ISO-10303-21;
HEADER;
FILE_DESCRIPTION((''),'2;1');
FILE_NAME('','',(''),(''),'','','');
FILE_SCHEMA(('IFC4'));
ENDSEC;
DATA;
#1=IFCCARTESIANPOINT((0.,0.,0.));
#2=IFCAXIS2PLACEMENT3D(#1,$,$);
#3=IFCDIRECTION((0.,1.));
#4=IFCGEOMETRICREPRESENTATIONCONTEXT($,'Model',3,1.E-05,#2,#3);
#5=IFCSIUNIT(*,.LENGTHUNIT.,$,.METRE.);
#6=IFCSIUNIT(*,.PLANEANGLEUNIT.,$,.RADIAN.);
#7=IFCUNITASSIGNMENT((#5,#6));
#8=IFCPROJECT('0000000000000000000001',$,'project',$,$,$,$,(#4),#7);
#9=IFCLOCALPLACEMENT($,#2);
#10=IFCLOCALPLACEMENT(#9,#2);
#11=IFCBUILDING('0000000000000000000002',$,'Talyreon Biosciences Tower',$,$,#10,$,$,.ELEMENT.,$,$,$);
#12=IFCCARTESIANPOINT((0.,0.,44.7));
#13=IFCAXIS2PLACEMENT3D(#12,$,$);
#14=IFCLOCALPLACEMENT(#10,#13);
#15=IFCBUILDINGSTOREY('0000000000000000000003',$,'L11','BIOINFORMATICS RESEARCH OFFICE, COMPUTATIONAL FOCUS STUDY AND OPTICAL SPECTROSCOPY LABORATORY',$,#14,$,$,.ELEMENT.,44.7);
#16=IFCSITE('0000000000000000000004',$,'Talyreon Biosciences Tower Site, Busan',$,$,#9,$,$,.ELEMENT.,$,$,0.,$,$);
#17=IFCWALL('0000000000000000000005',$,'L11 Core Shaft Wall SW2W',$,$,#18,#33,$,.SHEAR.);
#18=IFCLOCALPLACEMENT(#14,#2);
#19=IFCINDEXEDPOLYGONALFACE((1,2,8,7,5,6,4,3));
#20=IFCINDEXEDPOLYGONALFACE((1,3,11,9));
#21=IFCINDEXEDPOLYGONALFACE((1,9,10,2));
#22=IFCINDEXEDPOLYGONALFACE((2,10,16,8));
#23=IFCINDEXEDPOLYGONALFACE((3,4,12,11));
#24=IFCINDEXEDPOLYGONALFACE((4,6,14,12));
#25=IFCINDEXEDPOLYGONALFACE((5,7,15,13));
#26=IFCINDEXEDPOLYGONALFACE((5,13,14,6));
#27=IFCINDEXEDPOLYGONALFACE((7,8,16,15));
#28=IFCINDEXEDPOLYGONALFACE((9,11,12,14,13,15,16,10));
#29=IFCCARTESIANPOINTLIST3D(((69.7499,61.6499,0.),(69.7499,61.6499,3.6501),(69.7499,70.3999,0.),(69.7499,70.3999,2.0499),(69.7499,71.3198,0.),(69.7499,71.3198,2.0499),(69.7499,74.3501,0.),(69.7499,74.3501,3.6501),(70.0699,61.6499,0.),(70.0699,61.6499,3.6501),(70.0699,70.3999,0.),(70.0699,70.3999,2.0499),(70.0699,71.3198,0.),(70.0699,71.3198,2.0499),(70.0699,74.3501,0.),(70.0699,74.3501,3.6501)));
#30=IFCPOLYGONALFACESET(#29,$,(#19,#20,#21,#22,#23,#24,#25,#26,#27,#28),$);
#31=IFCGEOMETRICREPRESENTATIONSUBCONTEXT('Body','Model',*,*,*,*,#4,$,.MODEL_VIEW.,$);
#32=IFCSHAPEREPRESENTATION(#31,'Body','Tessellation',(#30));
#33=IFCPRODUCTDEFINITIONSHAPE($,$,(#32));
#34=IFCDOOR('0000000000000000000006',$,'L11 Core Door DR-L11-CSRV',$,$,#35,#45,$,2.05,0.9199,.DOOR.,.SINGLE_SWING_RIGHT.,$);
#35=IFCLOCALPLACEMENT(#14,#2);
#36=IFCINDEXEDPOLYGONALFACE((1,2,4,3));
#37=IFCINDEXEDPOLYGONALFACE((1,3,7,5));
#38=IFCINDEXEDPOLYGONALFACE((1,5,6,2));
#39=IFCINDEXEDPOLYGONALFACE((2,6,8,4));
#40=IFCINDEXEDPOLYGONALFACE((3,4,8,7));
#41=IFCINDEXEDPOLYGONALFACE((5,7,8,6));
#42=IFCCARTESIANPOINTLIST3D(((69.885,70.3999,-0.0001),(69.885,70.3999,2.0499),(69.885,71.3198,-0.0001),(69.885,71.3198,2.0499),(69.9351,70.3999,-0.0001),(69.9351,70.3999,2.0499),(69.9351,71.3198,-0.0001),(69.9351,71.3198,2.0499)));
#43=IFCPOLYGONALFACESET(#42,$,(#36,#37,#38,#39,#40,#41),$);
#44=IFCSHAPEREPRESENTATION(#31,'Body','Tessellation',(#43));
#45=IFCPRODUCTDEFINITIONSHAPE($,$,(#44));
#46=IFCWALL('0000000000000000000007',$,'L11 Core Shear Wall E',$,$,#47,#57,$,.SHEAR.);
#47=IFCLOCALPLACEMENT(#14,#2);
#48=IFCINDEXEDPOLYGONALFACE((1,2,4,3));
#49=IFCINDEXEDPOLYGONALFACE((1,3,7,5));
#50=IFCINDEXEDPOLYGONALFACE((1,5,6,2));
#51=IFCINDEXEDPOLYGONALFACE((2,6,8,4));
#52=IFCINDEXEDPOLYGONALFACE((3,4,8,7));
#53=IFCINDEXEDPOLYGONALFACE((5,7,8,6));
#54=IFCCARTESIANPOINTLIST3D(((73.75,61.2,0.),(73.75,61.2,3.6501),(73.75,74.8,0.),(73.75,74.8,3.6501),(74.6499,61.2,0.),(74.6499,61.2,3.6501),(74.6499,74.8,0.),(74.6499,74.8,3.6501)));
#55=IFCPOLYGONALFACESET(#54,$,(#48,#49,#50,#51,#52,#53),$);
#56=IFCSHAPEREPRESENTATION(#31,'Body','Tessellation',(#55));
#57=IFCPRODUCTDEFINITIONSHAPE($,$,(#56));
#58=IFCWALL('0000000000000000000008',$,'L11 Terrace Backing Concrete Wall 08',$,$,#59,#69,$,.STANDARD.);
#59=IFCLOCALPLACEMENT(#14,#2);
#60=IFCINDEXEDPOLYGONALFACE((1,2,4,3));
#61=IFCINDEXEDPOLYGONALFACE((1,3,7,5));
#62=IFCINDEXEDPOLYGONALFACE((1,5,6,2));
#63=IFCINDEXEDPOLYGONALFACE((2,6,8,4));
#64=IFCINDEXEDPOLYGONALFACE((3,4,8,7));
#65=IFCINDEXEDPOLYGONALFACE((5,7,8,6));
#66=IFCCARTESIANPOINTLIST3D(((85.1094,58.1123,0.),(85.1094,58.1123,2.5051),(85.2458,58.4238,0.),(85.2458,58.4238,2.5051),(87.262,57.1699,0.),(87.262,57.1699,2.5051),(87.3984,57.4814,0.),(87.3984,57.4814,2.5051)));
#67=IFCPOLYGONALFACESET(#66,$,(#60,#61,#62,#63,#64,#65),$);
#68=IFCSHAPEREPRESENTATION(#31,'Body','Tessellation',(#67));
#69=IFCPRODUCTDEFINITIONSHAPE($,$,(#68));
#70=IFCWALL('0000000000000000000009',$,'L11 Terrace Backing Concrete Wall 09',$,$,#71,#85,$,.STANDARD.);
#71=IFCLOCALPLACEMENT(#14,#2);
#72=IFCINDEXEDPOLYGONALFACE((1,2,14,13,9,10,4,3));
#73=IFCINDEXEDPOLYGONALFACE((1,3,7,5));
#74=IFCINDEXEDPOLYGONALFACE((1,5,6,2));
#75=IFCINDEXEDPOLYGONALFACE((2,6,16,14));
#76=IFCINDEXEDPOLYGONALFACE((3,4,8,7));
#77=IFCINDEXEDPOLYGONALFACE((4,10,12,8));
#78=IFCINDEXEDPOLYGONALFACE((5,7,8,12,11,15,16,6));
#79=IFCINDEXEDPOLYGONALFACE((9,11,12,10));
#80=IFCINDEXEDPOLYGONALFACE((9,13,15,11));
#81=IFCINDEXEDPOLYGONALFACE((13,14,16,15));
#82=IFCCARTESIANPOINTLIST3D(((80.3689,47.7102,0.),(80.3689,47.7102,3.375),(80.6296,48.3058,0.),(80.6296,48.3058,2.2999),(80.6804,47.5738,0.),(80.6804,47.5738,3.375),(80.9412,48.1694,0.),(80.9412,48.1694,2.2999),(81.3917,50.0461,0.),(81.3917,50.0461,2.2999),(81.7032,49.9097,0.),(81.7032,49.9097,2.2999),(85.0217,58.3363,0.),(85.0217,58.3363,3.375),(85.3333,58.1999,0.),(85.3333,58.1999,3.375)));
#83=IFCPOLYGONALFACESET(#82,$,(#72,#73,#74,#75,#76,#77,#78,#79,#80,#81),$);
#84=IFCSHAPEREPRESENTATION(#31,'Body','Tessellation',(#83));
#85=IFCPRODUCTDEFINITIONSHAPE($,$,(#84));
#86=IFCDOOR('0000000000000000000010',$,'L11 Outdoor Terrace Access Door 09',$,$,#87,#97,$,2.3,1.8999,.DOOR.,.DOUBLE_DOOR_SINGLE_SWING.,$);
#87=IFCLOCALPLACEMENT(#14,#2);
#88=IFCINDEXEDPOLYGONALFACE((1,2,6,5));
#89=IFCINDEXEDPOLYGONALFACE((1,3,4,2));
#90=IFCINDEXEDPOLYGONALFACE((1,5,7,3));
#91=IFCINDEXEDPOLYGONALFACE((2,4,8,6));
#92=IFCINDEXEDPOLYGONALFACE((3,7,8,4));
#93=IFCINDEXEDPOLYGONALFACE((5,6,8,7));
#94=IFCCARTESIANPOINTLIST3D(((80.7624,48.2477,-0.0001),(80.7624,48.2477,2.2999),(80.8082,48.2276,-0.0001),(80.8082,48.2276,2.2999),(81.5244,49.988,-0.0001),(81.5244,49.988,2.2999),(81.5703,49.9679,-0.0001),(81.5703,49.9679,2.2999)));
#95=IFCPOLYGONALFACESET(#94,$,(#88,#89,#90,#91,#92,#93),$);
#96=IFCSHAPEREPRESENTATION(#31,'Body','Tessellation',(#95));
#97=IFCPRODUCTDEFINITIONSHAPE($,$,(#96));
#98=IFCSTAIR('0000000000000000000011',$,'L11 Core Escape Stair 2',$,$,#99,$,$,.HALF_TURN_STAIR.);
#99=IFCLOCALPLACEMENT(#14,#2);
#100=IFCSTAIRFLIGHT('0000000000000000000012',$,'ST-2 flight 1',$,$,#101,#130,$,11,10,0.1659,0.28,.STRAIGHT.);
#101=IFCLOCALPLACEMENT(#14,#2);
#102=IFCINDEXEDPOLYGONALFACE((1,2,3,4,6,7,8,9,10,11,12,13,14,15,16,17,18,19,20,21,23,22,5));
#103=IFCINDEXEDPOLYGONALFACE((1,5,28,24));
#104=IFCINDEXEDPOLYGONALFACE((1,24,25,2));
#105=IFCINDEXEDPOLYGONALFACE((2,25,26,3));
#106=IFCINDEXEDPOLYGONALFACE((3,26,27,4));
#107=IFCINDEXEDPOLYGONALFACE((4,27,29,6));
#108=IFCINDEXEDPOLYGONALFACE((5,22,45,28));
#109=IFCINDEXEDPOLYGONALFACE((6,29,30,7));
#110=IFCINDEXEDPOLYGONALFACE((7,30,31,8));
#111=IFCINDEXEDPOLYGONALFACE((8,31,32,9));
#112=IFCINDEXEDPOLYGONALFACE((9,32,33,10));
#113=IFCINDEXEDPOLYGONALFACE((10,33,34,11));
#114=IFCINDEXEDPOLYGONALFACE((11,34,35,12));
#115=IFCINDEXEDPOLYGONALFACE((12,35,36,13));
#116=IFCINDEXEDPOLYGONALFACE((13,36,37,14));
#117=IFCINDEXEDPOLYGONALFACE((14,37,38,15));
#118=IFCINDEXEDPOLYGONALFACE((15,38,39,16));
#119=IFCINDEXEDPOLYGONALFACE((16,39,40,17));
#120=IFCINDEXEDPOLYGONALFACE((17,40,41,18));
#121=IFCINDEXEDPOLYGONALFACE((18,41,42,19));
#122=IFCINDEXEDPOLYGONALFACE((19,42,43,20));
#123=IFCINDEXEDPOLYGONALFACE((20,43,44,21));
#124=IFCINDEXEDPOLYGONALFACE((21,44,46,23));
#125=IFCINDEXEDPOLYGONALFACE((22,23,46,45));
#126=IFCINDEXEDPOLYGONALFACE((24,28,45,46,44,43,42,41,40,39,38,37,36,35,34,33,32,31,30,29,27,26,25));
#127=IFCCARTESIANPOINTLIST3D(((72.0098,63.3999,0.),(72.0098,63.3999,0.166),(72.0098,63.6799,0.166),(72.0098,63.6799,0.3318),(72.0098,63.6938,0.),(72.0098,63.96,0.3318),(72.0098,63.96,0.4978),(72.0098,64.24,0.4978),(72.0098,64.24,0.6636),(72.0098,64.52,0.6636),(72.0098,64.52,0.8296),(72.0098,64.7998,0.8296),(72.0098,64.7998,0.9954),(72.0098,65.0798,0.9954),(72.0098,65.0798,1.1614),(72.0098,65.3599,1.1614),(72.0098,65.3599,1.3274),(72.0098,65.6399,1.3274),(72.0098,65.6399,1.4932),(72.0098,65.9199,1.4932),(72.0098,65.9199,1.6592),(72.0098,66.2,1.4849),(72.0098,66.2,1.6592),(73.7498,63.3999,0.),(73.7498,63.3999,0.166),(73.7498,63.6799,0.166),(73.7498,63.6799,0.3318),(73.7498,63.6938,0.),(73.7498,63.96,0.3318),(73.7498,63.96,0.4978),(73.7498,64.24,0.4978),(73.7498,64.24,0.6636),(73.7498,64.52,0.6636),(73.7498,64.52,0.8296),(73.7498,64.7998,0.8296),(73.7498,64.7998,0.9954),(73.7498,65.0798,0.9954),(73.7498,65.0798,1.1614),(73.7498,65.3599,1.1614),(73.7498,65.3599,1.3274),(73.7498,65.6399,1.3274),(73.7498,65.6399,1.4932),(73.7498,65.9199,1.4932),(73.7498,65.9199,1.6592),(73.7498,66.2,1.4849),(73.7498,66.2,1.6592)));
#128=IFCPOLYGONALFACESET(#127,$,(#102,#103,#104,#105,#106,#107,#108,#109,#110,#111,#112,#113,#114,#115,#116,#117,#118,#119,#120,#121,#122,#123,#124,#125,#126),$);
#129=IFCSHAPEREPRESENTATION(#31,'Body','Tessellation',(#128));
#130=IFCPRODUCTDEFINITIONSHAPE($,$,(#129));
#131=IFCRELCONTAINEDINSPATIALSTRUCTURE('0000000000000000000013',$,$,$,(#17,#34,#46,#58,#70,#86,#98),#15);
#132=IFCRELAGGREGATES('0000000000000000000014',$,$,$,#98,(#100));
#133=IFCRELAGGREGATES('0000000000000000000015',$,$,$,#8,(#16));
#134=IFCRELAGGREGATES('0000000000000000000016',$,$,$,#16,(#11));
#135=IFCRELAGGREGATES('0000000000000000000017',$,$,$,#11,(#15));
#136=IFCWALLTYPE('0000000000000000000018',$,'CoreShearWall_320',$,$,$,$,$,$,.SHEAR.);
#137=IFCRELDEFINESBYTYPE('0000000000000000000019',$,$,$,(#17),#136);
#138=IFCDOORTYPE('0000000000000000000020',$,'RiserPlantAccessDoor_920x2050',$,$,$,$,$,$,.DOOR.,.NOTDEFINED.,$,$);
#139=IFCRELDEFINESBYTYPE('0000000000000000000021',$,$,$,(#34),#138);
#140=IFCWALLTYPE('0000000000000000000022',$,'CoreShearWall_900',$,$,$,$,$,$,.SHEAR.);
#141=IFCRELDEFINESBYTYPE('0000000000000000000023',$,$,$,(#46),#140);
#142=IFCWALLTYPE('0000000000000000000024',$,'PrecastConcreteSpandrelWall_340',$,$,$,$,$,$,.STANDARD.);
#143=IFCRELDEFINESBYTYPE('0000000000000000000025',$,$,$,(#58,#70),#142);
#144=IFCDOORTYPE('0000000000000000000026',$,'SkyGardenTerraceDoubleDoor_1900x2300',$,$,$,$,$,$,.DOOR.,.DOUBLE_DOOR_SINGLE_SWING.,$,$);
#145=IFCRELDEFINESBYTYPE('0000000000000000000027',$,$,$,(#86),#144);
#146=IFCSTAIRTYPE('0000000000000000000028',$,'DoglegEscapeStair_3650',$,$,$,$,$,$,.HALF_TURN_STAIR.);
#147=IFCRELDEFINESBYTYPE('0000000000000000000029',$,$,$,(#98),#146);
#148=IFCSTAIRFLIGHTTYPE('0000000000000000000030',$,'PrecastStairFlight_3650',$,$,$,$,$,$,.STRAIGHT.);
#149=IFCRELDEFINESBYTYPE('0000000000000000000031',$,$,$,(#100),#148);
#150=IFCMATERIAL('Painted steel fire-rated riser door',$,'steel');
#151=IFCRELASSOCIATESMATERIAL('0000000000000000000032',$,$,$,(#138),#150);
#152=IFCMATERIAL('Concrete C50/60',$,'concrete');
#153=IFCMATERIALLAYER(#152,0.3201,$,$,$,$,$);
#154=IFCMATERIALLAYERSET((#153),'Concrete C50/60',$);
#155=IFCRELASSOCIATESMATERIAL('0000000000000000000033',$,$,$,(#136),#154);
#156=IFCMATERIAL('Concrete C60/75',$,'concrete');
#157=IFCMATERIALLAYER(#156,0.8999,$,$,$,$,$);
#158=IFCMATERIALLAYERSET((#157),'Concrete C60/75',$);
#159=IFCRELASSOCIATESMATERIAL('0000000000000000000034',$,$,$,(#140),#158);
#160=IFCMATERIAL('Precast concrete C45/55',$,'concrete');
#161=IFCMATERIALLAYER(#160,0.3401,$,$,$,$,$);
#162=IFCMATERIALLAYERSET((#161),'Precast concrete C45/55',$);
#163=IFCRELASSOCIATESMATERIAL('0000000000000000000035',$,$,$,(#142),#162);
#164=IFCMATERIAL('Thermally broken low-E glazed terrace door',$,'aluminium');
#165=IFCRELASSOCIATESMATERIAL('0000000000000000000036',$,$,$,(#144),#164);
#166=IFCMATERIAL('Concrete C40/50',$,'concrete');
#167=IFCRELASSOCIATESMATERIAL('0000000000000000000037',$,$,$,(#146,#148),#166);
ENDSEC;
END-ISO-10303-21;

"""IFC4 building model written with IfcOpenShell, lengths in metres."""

from ifc_helpers import new_model, si_unit, direction, frame, frame_2d, origin, place, context, subcontext, project, spatial, polyline, rectangle, outline, extrude, material, layer, layer_set, type_object, element, fill, aggregate, save


model = new_model("IFC4")

# Units and contexts
model_context = context("Model", 3, precision=1e-05, world=origin(), true_north=direction((0.0, 1.0)))
body_context = subcontext(model_context, "Body", "Model", "MODEL_VIEW")
ifc_project = project(units=[si_unit("LENGTHUNIT", "METRE"), si_unit("PLANEANGLEUNIT", "RADIAN")], contexts=[model_context])

# Site, building, storey
site_placement = place(None, origin())
site = spatial("IfcSite", under=ifc_project, at=site_placement, Name="Talyreon Biosciences Tower Site, Busan", CompositionType="ELEMENT", RefElevation=0.0)
building_placement = place(site_placement, origin())
building = spatial("IfcBuilding", under=site, at=building_placement, Name="Talyreon Biosciences Tower", CompositionType="ELEMENT")
storey_placement = place(building_placement, frame((0.0, 0.0, 44.7)))
storey = spatial("IfcBuildingStorey", under=building, at=storey_placement, Name="L11", Description="BIOINFORMATICS RESEARCH OFFICE, COMPUTATIONAL FOCUS STUDY AND OPTICAL SPECTROSCOPY LABORATORY", CompositionType="ELEMENT", Elevation=44.7)

# Shared definitions
ifc_material_1 = material(Name="Concrete C60/75", Category="concrete")

# Shared definitions
ifc_material_2 = material(Name="Concrete C50/60", Category="concrete")

# Wall, opening, door
ifc_material_3 = material(Name="Painted steel fire-rated riser door", Category="steel")
door_type_1 = type_object("IfcDoorType", Name="RiserPlantAccessDoor_920x2050", OperationType="NOTDEFINED", PredefinedType="DOOR", material=ifc_material_3)
ifc_layer_1 = layer(ifc_material_2, 0.3201)
ifc_layer_set_1 = layer_set([ifc_layer_1], Name="Concrete C50/60")
wall_type_1 = type_object("IfcWallType", Name="CoreShearWall_320", PredefinedType="SHEAR", material=ifc_layer_set_1)
wall_1_placement = place(storey_placement, frame((69.9099, 61.6499, 0.0), z_axis=(0.0, 0.0, 1.0), x_axis=(0.0, 1.0, 0.0)))
wall_1 = element("IfcWall", 1, at=wall_1_placement, inside=storey, type_object=wall_type_1, Name="L11 Core Shaft Wall SW2W", PredefinedType="SHEAR", context=body_context, shape_type="SweptSolid", body=[
    extrude(rectangle(XDim=12.7002, YDim=0.3201, at=frame_2d((6.3501, 0.0))), origin(), (0.0, 0.0, 1.0), 3.6501),
])
opening_1_placement = place(wall_1_placement, frame((8.75, 0.0, 0.0)))
opening_1 = element("IfcOpeningElement", 2, at=opening_1_placement, cuts=wall_1, PredefinedType="OPENING", context=body_context, shape_type="SweptSolid", body=[
    extrude(rectangle(XDim=0.9199, YDim=2.05, at=frame_2d((0.46, 1.0249))), frame((0.0, 0.1699, 0.0), z_axis=(0.0, -1.0, 0.0), x_axis=(1.0, 0.0, 0.0)), (0.0, 0.0, 1.0), 0.3401),
])
door_1_placement = place(opening_1_placement, origin())
door_1 = element("IfcDoor", 3, at=door_1_placement, inside=storey, type_object=door_type_1, Name="L11 Core Door DR-L11-CSRV", OperationType="SINGLE_SWING_RIGHT", OverallHeight=2.05, OverallWidth=0.9199, PredefinedType="DOOR", context=body_context, shape_type="SweptSolid", body=[
    extrude(rectangle(XDim=0.9199, YDim=2.05, at=frame_2d((0.46, 1.0249))), frame((0.0, 0.0249, 0.0), z_axis=(0.0, -1.0, 0.0), x_axis=(1.0, 0.0, 0.0)), (0.0, 0.0, 1.0), 0.05),
])
fill(opening_1, door_1)

# Walls
ifc_layer_2 = layer(ifc_material_1, 0.8999)
ifc_layer_set_2 = layer_set([ifc_layer_2], Name="Concrete C60/75")
wall_type_2 = type_object("IfcWallType", Name="CoreShearWall_900", PredefinedType="SHEAR", material=ifc_layer_set_2)
wall_2_placement = place(storey_placement, frame((74.2, 61.2, 0.0), z_axis=(0.0, 0.0, 1.0), x_axis=(0.0, 1.0, 0.0)))
element("IfcWall", 4, at=wall_2_placement, inside=storey, type_object=wall_type_2, Name="L11 Core Shear Wall E", PredefinedType="SHEAR", context=body_context, shape_type="SweptSolid", body=[
    extrude(rectangle(XDim=13.6001, YDim=0.8999, at=frame_2d((6.8, 0.0))), origin(), (0.0, 0.0, 1.0), 3.6501),
])
ifc_material_4 = material(Name="Precast concrete C45/55", Category="concrete")
ifc_layer_3 = layer(ifc_material_4, 0.3401)
ifc_layer_set_3 = layer_set([ifc_layer_3], Name="Precast concrete C45/55")
wall_type_3 = type_object("IfcWallType", Name="PrecastConcreteSpandrelWall_340", PredefinedType="STANDARD", material=ifc_layer_set_3)
wall_3_placement = place(storey_placement, frame((87.3301, 57.3257, 0.0), z_axis=(0.0, 0.0, 1.0), x_axis=(-0.91606, 0.401042, 0.0)))
element("IfcWall", 5, at=wall_3_placement, inside=storey, type_object=wall_type_3, Name="L11 Terrace Backing Concrete Wall 08", PredefinedType="STANDARD", context=body_context, shape_type="SweptSolid", body=[
    extrude(rectangle(XDim=2.3499, YDim=0.3401, at=frame_2d((1.1748, 0.0))), origin(), (0.0, 0.0, 1.0), 2.5051),
])

# Wall, opening, door
wall_4_placement = place(storey_placement, frame((85.1775, 58.2681, 0.0), z_axis=(0.0, 0.0, 1.0), x_axis=(-0.401106, -0.916032, 0.0)))
wall_4 = element("IfcWall", 6, at=wall_4_placement, inside=storey, type_object=wall_type_3, Name="L11 Terrace Backing Concrete Wall 09", PredefinedType="STANDARD", context=body_context, shape_type="SweptSolid", body=[
    extrude(rectangle(XDim=11.6001, YDim=0.3401, at=frame_2d((5.8, 0.0))), origin(), (0.0, 0.0, 1.0), 3.375),
])
opening_2_placement = place(wall_4_placement, frame((9.05, 0.0, 0.0)))
opening_2 = element("IfcOpeningElement", 7, at=opening_2_placement, cuts=wall_4, PredefinedType="OPENING", context=body_context, shape_type="SweptSolid", body=[
    extrude(rectangle(XDim=1.8999, YDim=2.3, at=frame_2d((0.95, 1.1499))), frame((0.0, 0.1799, 0.0), z_axis=(0.0, -1.0, 0.0), x_axis=(1.0, 0.0, 0.0)), (0.0, 0.0, 1.0), 0.3601),
])
ifc_material_5 = material(Name="Thermally broken low-E glazed terrace door", Category="aluminium")
door_type_2 = type_object("IfcDoorType", Name="SkyGardenTerraceDoubleDoor_1900x2300", OperationType="DOUBLE_DOOR_SINGLE_SWING", PredefinedType="DOOR", material=ifc_material_5)
door_2_placement = place(opening_2_placement, origin())
door_2 = element("IfcDoor", 8, at=door_2_placement, inside=storey, type_object=door_type_2, Name="L11 Outdoor Terrace Access Door 09", OperationType="DOUBLE_DOOR_SINGLE_SWING", OverallHeight=2.3, OverallWidth=1.8999, PredefinedType="DOOR", context=body_context, shape_type="SweptSolid", body=[
    extrude(rectangle(XDim=1.8999, YDim=2.3, at=frame_2d((0.95, 1.1499))), frame((0.0, 0.0249, 0.0), z_axis=(0.0, -1.0, 0.0), x_axis=(1.0, 0.0, 0.0)), (0.0, 0.0, 1.0), 0.05),
])
fill(opening_2, door_2)

# Stair, stair flight
ifc_material_6 = material(Name="Concrete C40/50", Category="concrete")
stair_type = type_object("IfcStairType", Name="DoglegEscapeStair_3650", PredefinedType="HALF_TURN_STAIR", material=ifc_material_6)
stair_placement = place(storey_placement, origin())
stair = element("IfcStair", 9, at=stair_placement, inside=storey, type_object=stair_type, Name="L11 Core Escape Stair 2", PredefinedType="HALF_TURN_STAIR")
stair_flight_type = type_object("IfcStairFlightType", Name="PrecastStairFlight_3650", PredefinedType="STRAIGHT", material=ifc_material_6)
stair_flight_placement = place(storey_placement, frame((72.8799, 63.3999, 0.0), z_axis=(0.0, 0.0, 1.0), x_axis=(0.0, 1.0, 0.0)))
stair_flight = element("IfcStairFlight", 10, at=stair_flight_placement, type_object=stair_flight_type, Name="ST-2 flight 1", NumberOfRisers=11, NumberOfTreads=10, PredefinedType="STRAIGHT", RiserHeight=0.1659, TreadLength=0.28, context=body_context, shape_type="SweptSolid", body=[
    extrude(outline(polyline([(0.0, 0.0), (0.0, 0.166), (0.28, 0.166), (0.28, 0.3318), (0.5601, 0.3318), (0.5601, 0.4978), (0.8401, 0.4978), (0.8401, 0.6636), (1.1201, 0.6636), (1.1201, 0.8296), (1.3999, 0.8296), (1.3999, 0.9954), (1.6799, 0.9954), (1.6799, 1.1614), (1.96, 1.1614), (1.96, 1.3274), (2.24, 1.3274), (2.24, 1.4932), (2.52, 1.4932), (2.52, 1.6592), (2.8, 1.6592), (2.8, 1.825), (2.8, 1.4849), (0.2939, 0.0), (0.0, 0.0)])), frame((0.0, 0.8701, 0.0), z_axis=(0.0, -1.0, 0.0), x_axis=(1.0, 0.0, 0.0)), (0.0, 0.0, 1.0), 1.74),
])
aggregate(stair, [stair_flight])

save(model, "model.ifc")
